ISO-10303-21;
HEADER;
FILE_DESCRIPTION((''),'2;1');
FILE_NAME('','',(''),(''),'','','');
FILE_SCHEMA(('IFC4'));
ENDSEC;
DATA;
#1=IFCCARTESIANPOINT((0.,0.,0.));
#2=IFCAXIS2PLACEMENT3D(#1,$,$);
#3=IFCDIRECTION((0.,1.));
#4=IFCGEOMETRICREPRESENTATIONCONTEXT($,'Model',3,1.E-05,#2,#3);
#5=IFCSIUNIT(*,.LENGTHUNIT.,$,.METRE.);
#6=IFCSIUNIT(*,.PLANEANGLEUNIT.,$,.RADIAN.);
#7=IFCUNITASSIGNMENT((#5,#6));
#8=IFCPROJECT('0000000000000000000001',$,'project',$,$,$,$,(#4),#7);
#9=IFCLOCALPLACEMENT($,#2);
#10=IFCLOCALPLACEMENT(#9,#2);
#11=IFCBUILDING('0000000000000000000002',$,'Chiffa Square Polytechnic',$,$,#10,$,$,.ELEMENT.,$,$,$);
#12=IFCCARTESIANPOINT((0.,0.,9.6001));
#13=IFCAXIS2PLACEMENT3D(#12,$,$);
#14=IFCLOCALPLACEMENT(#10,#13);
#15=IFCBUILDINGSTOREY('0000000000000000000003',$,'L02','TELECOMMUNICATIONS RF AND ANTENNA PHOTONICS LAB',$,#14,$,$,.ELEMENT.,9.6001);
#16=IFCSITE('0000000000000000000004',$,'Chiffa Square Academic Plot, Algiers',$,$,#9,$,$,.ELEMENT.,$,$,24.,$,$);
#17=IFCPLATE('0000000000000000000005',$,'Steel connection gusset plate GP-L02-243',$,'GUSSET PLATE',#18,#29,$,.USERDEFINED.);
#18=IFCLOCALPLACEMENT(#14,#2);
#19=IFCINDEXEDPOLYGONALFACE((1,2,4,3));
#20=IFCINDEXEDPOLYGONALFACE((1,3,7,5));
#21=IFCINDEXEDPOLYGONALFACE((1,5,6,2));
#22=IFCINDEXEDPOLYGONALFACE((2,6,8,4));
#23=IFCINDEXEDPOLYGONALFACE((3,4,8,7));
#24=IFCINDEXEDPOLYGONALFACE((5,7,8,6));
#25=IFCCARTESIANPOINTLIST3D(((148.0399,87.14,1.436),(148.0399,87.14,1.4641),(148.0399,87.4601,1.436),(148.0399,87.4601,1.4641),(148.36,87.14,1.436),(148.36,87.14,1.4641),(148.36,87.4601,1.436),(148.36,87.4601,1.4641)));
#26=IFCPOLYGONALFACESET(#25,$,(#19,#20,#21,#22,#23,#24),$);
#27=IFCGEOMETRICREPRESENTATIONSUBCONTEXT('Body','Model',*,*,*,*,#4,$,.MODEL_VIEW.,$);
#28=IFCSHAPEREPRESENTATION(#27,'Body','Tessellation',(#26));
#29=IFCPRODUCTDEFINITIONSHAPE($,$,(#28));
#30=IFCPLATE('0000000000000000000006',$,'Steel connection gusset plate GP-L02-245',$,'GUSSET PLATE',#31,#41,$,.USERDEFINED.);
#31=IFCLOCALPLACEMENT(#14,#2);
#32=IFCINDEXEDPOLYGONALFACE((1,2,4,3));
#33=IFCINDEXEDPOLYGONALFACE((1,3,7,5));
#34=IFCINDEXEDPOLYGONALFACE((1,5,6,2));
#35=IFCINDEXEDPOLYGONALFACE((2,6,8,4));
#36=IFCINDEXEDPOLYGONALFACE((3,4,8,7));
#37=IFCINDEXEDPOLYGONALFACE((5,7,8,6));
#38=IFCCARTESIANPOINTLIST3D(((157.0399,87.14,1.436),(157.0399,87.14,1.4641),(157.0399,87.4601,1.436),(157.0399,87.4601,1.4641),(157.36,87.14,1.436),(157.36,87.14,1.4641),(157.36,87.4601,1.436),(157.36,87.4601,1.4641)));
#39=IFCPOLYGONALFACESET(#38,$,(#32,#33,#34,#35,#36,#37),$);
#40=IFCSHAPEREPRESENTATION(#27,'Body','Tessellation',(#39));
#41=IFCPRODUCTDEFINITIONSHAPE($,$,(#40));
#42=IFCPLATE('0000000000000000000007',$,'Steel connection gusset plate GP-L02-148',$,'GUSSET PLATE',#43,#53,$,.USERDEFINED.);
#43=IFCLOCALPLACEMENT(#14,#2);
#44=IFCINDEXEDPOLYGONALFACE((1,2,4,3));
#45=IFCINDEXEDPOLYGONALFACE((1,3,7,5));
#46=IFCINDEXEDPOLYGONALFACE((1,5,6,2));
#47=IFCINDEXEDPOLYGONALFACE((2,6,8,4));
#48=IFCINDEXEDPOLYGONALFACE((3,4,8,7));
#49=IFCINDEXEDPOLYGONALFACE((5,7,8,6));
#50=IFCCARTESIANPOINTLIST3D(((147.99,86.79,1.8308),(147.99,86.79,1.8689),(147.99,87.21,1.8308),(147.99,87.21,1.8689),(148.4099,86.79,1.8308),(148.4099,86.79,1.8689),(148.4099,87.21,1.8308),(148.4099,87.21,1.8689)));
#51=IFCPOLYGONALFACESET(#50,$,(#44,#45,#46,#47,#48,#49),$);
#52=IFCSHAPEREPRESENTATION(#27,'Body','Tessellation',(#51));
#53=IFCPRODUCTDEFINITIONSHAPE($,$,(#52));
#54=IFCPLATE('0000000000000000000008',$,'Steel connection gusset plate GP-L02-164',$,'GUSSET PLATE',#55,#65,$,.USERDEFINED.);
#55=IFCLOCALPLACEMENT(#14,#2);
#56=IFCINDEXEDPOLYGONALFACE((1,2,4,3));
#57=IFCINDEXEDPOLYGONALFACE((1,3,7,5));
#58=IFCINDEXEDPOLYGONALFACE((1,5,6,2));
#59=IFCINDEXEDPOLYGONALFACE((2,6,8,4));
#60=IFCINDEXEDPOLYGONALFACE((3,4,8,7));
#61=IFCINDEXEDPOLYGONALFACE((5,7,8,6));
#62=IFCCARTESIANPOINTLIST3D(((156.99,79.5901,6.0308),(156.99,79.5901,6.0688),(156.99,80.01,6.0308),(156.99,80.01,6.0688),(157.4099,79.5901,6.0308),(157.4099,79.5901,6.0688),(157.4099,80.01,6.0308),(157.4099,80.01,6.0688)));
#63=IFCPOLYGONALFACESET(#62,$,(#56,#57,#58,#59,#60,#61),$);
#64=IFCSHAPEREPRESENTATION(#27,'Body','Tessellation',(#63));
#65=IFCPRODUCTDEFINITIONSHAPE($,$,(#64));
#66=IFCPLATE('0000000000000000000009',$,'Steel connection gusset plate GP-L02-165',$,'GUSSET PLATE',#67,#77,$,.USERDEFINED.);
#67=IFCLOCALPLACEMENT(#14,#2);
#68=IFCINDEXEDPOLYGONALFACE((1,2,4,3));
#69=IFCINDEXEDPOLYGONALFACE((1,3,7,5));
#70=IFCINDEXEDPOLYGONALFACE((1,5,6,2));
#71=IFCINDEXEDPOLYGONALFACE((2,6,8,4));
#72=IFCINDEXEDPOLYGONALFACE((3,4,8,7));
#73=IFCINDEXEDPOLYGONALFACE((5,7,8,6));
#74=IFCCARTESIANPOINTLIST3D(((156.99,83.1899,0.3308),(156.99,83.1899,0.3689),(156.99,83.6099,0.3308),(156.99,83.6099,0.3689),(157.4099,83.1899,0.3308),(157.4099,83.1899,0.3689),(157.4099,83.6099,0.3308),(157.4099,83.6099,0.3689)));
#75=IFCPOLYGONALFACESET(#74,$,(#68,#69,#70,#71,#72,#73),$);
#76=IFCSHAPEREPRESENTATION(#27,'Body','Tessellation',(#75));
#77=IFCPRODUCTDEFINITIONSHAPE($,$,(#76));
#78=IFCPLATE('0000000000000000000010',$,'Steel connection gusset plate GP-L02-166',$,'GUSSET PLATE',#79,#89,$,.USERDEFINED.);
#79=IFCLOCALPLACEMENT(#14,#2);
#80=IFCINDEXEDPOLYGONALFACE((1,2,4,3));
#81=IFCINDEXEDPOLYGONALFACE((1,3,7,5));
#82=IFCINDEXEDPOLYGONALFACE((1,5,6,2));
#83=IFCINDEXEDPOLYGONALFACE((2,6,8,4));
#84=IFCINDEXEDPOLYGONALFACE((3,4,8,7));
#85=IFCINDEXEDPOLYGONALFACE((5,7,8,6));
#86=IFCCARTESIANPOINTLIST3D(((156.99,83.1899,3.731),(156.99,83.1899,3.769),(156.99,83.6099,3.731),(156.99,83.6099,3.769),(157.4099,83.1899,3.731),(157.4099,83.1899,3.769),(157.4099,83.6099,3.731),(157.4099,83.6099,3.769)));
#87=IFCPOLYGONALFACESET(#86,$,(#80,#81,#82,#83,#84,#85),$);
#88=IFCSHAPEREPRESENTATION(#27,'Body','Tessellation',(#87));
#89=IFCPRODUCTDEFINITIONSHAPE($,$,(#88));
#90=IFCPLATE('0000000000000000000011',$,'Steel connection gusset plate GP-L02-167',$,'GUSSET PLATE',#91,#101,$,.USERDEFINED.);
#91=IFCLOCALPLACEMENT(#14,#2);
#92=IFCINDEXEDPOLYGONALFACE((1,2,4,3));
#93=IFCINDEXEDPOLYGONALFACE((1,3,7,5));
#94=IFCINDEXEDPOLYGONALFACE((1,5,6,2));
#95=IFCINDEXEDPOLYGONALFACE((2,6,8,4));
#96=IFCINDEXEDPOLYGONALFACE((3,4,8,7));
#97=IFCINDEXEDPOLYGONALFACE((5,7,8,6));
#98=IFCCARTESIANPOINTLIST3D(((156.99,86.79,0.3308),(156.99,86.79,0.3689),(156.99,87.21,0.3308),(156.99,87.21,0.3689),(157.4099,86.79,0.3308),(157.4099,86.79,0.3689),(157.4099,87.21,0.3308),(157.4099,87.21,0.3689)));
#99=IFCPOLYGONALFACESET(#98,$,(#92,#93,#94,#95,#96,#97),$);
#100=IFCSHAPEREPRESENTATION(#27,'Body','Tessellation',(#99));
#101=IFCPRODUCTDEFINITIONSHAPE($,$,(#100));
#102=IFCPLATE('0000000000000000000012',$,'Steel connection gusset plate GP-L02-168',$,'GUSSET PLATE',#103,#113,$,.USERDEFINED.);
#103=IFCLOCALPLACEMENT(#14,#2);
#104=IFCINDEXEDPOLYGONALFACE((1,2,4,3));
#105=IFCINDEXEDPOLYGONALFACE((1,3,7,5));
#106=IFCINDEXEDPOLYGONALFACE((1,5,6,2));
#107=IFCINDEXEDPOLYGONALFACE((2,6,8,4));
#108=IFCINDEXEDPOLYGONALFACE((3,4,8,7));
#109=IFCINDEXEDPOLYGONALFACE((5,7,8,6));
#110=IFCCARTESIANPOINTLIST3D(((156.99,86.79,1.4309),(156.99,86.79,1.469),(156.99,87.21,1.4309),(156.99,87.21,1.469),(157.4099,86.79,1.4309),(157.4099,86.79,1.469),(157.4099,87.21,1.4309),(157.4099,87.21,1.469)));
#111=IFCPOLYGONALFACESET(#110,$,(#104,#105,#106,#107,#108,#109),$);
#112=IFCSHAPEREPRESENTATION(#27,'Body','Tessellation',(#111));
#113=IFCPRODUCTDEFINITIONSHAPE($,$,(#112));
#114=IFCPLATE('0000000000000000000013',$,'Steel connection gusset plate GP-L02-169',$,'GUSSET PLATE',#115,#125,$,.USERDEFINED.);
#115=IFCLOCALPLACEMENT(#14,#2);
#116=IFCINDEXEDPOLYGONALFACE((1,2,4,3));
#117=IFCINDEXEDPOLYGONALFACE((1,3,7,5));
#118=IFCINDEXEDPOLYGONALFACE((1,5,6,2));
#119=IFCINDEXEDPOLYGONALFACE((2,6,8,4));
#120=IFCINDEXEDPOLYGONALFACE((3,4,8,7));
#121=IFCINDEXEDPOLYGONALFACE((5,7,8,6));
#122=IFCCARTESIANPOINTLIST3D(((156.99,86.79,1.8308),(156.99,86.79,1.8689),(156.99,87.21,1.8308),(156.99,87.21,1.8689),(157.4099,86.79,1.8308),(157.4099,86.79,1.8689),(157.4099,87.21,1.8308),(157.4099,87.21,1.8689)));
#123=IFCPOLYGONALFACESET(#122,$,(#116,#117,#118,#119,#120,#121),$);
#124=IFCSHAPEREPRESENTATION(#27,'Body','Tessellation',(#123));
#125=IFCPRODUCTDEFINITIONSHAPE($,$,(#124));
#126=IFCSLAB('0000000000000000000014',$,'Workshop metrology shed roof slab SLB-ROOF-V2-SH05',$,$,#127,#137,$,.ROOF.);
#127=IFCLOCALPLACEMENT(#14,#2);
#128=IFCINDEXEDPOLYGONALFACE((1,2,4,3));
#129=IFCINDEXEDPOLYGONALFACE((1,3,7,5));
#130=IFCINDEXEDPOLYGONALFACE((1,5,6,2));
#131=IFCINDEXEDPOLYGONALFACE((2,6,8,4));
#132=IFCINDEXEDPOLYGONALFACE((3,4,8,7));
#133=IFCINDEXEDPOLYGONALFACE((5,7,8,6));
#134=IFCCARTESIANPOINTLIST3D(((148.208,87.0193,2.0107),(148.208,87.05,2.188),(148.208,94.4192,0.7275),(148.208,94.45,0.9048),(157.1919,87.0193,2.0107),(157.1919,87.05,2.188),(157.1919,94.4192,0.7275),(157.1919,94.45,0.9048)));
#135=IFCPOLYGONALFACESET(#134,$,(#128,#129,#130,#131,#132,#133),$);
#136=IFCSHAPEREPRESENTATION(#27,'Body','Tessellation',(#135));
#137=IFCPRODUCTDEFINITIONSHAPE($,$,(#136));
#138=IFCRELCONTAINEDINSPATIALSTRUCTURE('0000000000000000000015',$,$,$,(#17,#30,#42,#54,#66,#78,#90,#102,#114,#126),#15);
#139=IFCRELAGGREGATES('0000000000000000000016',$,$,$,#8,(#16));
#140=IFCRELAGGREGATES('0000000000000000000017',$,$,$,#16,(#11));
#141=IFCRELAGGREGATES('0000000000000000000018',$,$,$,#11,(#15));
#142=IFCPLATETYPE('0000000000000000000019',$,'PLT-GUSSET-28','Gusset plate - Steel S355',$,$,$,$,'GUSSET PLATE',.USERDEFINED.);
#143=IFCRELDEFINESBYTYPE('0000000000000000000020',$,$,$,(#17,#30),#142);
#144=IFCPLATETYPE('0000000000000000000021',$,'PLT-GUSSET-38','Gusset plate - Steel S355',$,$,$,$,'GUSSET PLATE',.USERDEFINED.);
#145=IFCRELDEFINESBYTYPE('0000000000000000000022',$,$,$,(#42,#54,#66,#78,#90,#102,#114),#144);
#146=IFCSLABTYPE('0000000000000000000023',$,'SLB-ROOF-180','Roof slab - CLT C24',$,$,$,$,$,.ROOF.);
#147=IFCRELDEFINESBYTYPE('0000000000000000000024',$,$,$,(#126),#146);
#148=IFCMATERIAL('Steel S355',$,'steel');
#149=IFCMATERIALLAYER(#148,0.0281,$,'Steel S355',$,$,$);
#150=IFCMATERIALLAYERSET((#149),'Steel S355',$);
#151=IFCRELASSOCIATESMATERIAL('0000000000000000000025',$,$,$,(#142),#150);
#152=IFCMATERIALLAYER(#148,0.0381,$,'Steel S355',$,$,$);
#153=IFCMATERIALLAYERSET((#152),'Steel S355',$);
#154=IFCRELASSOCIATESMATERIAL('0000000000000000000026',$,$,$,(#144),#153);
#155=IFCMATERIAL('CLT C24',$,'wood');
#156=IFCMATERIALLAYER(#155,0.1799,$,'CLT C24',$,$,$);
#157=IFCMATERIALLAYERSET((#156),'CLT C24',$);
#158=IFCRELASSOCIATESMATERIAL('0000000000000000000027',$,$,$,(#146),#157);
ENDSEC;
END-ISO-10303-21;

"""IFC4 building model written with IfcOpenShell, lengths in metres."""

from ifc_helpers import new_model, si_unit, direction, frame, origin, origin_2d, place, context, subcontext, project, spatial, polyline, rectangle, outline, extrude, material, layer, layer_set, type_object, element, save


model = new_model("IFC4")

# Units and contexts
model_context = context("Model", 3, precision=1e-05, world=origin(), true_north=direction((0.0, 1.0)))
body_context = subcontext(model_context, "Body", "Model", "MODEL_VIEW")
ifc_project = project(units=[si_unit("LENGTHUNIT", "METRE"), si_unit("PLANEANGLEUNIT", "RADIAN")], contexts=[model_context])

# Site, building, storey
site_placement = place(None, origin())
site = spatial("IfcSite", under=ifc_project, at=site_placement, Name="Chiffa Square Academic Plot, Algiers", CompositionType="ELEMENT", RefElevation=24.0)
building_placement = place(site_placement, origin())
building = spatial("IfcBuilding", under=site, at=building_placement, Name="Chiffa Square Polytechnic", CompositionType="ELEMENT")
storey_placement = place(building_placement, frame((0.0, 0.0, 9.6001)))
storey = spatial("IfcBuildingStorey", under=building, at=storey_placement, Name="L02", Description="TELECOMMUNICATIONS RF AND ANTENNA PHOTONICS LAB", CompositionType="ELEMENT", Elevation=9.6001)

# Shared definitions
ifc_material_1 = material(Name="Steel S355", Category="steel")

# Plates
ifc_layer_1 = layer(ifc_material_1, 0.0281, Name="Steel S355")
ifc_layer_set_1 = layer_set([ifc_layer_1], Name="Steel S355")
plate_type_1 = type_object("IfcPlateType", Name="PLT-GUSSET-28", Description="Gusset plate - Steel S355", ElementType="GUSSET PLATE", PredefinedType="USERDEFINED", material=ifc_layer_set_1)
for number, where, z_axis, x_axis, name in (
    (1, (148.2, 87.3, 1.436), (0.0, 0.0, 1.0), (1.0, 0.0, 0.0), "Steel connection gusset plate GP-L02-243"),
    (2, (157.2, 87.3, 1.436), (0.0, 0.0, 1.0), (1.0, 0.0, 0.0), "Steel connection gusset plate GP-L02-245"),
):
    element("IfcPlate", number, at=place(storey_placement, frame(where, z_axis=z_axis, x_axis=x_axis)), inside=storey, type_object=plate_type_1, Name=name, ObjectType="GUSSET PLATE", PredefinedType="USERDEFINED", context=body_context, shape_type="SweptSolid", body=[
        extrude(rectangle(XDim=0.3201, YDim=0.3201, at=origin_2d()), origin(), (0.0, 0.0, 1.0), 0.0281),
    ])
ifc_layer_2 = layer(ifc_material_1, 0.0381, Name="Steel S355")
ifc_layer_set_2 = layer_set([ifc_layer_2], Name="Steel S355")
plate_type_2 = type_object("IfcPlateType", Name="PLT-GUSSET-38", Description="Gusset plate - Steel S355", ElementType="GUSSET PLATE", PredefinedType="USERDEFINED", material=ifc_layer_set_2)
for number, where, z_axis, x_axis, name in (
    (3, (148.2, 87.0, 1.8308), (0.0, 0.0, 1.0), (1.0, 0.0, 0.0), "Steel connection gusset plate GP-L02-148"),
    (4, (157.2, 79.8, 6.0308), (0.0, 0.0, 1.0), (1.0, 0.0, 0.0), "Steel connection gusset plate GP-L02-164"),
    (5, (157.2, 83.3999, 0.3308), (0.0, 0.0, 1.0), (1.0, 0.0, 0.0), "Steel connection gusset plate GP-L02-165"),
    (6, (157.2, 83.3999, 3.731), (0.0, 0.0, 1.0), (1.0, 0.0, 0.0), "Steel connection gusset plate GP-L02-166"),
    (7, (157.2, 87.0, 0.3308), (0.0, 0.0, 1.0), (1.0, 0.0, 0.0), "Steel connection gusset plate GP-L02-167"),
    (8, (157.2, 87.0, 1.4309), (0.0, 0.0, 1.0), (1.0, 0.0, 0.0), "Steel connection gusset plate GP-L02-168"),
    (9, (157.2, 87.0, 1.8308), (0.0, 0.0, 1.0), (1.0, 0.0, 0.0), "Steel connection gusset plate GP-L02-169"),
):
    element("IfcPlate", number, at=place(storey_placement, frame(where, z_axis=z_axis, x_axis=x_axis)), inside=storey, type_object=plate_type_2, Name=name, ObjectType="GUSSET PLATE", PredefinedType="USERDEFINED", context=body_context, shape_type="SweptSolid", body=[
        extrude(rectangle(XDim=0.4199, YDim=0.4199, at=origin_2d()), origin(), (0.0, 0.0, 1.0), 0.0381),
    ])

# Slab
ifc_material_2 = material(Name="CLT C24", Category="wood")
ifc_layer_3 = layer(ifc_material_2, 0.1799, Name="CLT C24")
ifc_layer_set_3 = layer_set([ifc_layer_3], Name="CLT C24")
slab_type = type_object("IfcSlabType", Name="SLB-ROOF-180", Description="Roof slab - CLT C24", PredefinedType="ROOF", material=ifc_layer_set_3)
slab_placement = place(storey_placement, frame((148.208, 87.05, 2.188), z_axis=(0.0, 0.170858, 0.985296), x_axis=(1.0, 0.0, 0.0)))
element("IfcSlab", 10, at=slab_placement, inside=storey, type_object=slab_type, Name="Workshop metrology shed roof slab SLB-ROOF-V2-SH05", PredefinedType="ROOF", context=body_context, shape_type="SweptSolid", body=[
    extrude(outline(polyline([(0.0, 0.0), (8.9839, 0.0), (8.9839, 7.5103), (0.0, 7.5103), (0.0, 0.0)])), origin(), (0.0, 0.0, -1.0), 0.1799),
])

save(model, "model.ifc")
